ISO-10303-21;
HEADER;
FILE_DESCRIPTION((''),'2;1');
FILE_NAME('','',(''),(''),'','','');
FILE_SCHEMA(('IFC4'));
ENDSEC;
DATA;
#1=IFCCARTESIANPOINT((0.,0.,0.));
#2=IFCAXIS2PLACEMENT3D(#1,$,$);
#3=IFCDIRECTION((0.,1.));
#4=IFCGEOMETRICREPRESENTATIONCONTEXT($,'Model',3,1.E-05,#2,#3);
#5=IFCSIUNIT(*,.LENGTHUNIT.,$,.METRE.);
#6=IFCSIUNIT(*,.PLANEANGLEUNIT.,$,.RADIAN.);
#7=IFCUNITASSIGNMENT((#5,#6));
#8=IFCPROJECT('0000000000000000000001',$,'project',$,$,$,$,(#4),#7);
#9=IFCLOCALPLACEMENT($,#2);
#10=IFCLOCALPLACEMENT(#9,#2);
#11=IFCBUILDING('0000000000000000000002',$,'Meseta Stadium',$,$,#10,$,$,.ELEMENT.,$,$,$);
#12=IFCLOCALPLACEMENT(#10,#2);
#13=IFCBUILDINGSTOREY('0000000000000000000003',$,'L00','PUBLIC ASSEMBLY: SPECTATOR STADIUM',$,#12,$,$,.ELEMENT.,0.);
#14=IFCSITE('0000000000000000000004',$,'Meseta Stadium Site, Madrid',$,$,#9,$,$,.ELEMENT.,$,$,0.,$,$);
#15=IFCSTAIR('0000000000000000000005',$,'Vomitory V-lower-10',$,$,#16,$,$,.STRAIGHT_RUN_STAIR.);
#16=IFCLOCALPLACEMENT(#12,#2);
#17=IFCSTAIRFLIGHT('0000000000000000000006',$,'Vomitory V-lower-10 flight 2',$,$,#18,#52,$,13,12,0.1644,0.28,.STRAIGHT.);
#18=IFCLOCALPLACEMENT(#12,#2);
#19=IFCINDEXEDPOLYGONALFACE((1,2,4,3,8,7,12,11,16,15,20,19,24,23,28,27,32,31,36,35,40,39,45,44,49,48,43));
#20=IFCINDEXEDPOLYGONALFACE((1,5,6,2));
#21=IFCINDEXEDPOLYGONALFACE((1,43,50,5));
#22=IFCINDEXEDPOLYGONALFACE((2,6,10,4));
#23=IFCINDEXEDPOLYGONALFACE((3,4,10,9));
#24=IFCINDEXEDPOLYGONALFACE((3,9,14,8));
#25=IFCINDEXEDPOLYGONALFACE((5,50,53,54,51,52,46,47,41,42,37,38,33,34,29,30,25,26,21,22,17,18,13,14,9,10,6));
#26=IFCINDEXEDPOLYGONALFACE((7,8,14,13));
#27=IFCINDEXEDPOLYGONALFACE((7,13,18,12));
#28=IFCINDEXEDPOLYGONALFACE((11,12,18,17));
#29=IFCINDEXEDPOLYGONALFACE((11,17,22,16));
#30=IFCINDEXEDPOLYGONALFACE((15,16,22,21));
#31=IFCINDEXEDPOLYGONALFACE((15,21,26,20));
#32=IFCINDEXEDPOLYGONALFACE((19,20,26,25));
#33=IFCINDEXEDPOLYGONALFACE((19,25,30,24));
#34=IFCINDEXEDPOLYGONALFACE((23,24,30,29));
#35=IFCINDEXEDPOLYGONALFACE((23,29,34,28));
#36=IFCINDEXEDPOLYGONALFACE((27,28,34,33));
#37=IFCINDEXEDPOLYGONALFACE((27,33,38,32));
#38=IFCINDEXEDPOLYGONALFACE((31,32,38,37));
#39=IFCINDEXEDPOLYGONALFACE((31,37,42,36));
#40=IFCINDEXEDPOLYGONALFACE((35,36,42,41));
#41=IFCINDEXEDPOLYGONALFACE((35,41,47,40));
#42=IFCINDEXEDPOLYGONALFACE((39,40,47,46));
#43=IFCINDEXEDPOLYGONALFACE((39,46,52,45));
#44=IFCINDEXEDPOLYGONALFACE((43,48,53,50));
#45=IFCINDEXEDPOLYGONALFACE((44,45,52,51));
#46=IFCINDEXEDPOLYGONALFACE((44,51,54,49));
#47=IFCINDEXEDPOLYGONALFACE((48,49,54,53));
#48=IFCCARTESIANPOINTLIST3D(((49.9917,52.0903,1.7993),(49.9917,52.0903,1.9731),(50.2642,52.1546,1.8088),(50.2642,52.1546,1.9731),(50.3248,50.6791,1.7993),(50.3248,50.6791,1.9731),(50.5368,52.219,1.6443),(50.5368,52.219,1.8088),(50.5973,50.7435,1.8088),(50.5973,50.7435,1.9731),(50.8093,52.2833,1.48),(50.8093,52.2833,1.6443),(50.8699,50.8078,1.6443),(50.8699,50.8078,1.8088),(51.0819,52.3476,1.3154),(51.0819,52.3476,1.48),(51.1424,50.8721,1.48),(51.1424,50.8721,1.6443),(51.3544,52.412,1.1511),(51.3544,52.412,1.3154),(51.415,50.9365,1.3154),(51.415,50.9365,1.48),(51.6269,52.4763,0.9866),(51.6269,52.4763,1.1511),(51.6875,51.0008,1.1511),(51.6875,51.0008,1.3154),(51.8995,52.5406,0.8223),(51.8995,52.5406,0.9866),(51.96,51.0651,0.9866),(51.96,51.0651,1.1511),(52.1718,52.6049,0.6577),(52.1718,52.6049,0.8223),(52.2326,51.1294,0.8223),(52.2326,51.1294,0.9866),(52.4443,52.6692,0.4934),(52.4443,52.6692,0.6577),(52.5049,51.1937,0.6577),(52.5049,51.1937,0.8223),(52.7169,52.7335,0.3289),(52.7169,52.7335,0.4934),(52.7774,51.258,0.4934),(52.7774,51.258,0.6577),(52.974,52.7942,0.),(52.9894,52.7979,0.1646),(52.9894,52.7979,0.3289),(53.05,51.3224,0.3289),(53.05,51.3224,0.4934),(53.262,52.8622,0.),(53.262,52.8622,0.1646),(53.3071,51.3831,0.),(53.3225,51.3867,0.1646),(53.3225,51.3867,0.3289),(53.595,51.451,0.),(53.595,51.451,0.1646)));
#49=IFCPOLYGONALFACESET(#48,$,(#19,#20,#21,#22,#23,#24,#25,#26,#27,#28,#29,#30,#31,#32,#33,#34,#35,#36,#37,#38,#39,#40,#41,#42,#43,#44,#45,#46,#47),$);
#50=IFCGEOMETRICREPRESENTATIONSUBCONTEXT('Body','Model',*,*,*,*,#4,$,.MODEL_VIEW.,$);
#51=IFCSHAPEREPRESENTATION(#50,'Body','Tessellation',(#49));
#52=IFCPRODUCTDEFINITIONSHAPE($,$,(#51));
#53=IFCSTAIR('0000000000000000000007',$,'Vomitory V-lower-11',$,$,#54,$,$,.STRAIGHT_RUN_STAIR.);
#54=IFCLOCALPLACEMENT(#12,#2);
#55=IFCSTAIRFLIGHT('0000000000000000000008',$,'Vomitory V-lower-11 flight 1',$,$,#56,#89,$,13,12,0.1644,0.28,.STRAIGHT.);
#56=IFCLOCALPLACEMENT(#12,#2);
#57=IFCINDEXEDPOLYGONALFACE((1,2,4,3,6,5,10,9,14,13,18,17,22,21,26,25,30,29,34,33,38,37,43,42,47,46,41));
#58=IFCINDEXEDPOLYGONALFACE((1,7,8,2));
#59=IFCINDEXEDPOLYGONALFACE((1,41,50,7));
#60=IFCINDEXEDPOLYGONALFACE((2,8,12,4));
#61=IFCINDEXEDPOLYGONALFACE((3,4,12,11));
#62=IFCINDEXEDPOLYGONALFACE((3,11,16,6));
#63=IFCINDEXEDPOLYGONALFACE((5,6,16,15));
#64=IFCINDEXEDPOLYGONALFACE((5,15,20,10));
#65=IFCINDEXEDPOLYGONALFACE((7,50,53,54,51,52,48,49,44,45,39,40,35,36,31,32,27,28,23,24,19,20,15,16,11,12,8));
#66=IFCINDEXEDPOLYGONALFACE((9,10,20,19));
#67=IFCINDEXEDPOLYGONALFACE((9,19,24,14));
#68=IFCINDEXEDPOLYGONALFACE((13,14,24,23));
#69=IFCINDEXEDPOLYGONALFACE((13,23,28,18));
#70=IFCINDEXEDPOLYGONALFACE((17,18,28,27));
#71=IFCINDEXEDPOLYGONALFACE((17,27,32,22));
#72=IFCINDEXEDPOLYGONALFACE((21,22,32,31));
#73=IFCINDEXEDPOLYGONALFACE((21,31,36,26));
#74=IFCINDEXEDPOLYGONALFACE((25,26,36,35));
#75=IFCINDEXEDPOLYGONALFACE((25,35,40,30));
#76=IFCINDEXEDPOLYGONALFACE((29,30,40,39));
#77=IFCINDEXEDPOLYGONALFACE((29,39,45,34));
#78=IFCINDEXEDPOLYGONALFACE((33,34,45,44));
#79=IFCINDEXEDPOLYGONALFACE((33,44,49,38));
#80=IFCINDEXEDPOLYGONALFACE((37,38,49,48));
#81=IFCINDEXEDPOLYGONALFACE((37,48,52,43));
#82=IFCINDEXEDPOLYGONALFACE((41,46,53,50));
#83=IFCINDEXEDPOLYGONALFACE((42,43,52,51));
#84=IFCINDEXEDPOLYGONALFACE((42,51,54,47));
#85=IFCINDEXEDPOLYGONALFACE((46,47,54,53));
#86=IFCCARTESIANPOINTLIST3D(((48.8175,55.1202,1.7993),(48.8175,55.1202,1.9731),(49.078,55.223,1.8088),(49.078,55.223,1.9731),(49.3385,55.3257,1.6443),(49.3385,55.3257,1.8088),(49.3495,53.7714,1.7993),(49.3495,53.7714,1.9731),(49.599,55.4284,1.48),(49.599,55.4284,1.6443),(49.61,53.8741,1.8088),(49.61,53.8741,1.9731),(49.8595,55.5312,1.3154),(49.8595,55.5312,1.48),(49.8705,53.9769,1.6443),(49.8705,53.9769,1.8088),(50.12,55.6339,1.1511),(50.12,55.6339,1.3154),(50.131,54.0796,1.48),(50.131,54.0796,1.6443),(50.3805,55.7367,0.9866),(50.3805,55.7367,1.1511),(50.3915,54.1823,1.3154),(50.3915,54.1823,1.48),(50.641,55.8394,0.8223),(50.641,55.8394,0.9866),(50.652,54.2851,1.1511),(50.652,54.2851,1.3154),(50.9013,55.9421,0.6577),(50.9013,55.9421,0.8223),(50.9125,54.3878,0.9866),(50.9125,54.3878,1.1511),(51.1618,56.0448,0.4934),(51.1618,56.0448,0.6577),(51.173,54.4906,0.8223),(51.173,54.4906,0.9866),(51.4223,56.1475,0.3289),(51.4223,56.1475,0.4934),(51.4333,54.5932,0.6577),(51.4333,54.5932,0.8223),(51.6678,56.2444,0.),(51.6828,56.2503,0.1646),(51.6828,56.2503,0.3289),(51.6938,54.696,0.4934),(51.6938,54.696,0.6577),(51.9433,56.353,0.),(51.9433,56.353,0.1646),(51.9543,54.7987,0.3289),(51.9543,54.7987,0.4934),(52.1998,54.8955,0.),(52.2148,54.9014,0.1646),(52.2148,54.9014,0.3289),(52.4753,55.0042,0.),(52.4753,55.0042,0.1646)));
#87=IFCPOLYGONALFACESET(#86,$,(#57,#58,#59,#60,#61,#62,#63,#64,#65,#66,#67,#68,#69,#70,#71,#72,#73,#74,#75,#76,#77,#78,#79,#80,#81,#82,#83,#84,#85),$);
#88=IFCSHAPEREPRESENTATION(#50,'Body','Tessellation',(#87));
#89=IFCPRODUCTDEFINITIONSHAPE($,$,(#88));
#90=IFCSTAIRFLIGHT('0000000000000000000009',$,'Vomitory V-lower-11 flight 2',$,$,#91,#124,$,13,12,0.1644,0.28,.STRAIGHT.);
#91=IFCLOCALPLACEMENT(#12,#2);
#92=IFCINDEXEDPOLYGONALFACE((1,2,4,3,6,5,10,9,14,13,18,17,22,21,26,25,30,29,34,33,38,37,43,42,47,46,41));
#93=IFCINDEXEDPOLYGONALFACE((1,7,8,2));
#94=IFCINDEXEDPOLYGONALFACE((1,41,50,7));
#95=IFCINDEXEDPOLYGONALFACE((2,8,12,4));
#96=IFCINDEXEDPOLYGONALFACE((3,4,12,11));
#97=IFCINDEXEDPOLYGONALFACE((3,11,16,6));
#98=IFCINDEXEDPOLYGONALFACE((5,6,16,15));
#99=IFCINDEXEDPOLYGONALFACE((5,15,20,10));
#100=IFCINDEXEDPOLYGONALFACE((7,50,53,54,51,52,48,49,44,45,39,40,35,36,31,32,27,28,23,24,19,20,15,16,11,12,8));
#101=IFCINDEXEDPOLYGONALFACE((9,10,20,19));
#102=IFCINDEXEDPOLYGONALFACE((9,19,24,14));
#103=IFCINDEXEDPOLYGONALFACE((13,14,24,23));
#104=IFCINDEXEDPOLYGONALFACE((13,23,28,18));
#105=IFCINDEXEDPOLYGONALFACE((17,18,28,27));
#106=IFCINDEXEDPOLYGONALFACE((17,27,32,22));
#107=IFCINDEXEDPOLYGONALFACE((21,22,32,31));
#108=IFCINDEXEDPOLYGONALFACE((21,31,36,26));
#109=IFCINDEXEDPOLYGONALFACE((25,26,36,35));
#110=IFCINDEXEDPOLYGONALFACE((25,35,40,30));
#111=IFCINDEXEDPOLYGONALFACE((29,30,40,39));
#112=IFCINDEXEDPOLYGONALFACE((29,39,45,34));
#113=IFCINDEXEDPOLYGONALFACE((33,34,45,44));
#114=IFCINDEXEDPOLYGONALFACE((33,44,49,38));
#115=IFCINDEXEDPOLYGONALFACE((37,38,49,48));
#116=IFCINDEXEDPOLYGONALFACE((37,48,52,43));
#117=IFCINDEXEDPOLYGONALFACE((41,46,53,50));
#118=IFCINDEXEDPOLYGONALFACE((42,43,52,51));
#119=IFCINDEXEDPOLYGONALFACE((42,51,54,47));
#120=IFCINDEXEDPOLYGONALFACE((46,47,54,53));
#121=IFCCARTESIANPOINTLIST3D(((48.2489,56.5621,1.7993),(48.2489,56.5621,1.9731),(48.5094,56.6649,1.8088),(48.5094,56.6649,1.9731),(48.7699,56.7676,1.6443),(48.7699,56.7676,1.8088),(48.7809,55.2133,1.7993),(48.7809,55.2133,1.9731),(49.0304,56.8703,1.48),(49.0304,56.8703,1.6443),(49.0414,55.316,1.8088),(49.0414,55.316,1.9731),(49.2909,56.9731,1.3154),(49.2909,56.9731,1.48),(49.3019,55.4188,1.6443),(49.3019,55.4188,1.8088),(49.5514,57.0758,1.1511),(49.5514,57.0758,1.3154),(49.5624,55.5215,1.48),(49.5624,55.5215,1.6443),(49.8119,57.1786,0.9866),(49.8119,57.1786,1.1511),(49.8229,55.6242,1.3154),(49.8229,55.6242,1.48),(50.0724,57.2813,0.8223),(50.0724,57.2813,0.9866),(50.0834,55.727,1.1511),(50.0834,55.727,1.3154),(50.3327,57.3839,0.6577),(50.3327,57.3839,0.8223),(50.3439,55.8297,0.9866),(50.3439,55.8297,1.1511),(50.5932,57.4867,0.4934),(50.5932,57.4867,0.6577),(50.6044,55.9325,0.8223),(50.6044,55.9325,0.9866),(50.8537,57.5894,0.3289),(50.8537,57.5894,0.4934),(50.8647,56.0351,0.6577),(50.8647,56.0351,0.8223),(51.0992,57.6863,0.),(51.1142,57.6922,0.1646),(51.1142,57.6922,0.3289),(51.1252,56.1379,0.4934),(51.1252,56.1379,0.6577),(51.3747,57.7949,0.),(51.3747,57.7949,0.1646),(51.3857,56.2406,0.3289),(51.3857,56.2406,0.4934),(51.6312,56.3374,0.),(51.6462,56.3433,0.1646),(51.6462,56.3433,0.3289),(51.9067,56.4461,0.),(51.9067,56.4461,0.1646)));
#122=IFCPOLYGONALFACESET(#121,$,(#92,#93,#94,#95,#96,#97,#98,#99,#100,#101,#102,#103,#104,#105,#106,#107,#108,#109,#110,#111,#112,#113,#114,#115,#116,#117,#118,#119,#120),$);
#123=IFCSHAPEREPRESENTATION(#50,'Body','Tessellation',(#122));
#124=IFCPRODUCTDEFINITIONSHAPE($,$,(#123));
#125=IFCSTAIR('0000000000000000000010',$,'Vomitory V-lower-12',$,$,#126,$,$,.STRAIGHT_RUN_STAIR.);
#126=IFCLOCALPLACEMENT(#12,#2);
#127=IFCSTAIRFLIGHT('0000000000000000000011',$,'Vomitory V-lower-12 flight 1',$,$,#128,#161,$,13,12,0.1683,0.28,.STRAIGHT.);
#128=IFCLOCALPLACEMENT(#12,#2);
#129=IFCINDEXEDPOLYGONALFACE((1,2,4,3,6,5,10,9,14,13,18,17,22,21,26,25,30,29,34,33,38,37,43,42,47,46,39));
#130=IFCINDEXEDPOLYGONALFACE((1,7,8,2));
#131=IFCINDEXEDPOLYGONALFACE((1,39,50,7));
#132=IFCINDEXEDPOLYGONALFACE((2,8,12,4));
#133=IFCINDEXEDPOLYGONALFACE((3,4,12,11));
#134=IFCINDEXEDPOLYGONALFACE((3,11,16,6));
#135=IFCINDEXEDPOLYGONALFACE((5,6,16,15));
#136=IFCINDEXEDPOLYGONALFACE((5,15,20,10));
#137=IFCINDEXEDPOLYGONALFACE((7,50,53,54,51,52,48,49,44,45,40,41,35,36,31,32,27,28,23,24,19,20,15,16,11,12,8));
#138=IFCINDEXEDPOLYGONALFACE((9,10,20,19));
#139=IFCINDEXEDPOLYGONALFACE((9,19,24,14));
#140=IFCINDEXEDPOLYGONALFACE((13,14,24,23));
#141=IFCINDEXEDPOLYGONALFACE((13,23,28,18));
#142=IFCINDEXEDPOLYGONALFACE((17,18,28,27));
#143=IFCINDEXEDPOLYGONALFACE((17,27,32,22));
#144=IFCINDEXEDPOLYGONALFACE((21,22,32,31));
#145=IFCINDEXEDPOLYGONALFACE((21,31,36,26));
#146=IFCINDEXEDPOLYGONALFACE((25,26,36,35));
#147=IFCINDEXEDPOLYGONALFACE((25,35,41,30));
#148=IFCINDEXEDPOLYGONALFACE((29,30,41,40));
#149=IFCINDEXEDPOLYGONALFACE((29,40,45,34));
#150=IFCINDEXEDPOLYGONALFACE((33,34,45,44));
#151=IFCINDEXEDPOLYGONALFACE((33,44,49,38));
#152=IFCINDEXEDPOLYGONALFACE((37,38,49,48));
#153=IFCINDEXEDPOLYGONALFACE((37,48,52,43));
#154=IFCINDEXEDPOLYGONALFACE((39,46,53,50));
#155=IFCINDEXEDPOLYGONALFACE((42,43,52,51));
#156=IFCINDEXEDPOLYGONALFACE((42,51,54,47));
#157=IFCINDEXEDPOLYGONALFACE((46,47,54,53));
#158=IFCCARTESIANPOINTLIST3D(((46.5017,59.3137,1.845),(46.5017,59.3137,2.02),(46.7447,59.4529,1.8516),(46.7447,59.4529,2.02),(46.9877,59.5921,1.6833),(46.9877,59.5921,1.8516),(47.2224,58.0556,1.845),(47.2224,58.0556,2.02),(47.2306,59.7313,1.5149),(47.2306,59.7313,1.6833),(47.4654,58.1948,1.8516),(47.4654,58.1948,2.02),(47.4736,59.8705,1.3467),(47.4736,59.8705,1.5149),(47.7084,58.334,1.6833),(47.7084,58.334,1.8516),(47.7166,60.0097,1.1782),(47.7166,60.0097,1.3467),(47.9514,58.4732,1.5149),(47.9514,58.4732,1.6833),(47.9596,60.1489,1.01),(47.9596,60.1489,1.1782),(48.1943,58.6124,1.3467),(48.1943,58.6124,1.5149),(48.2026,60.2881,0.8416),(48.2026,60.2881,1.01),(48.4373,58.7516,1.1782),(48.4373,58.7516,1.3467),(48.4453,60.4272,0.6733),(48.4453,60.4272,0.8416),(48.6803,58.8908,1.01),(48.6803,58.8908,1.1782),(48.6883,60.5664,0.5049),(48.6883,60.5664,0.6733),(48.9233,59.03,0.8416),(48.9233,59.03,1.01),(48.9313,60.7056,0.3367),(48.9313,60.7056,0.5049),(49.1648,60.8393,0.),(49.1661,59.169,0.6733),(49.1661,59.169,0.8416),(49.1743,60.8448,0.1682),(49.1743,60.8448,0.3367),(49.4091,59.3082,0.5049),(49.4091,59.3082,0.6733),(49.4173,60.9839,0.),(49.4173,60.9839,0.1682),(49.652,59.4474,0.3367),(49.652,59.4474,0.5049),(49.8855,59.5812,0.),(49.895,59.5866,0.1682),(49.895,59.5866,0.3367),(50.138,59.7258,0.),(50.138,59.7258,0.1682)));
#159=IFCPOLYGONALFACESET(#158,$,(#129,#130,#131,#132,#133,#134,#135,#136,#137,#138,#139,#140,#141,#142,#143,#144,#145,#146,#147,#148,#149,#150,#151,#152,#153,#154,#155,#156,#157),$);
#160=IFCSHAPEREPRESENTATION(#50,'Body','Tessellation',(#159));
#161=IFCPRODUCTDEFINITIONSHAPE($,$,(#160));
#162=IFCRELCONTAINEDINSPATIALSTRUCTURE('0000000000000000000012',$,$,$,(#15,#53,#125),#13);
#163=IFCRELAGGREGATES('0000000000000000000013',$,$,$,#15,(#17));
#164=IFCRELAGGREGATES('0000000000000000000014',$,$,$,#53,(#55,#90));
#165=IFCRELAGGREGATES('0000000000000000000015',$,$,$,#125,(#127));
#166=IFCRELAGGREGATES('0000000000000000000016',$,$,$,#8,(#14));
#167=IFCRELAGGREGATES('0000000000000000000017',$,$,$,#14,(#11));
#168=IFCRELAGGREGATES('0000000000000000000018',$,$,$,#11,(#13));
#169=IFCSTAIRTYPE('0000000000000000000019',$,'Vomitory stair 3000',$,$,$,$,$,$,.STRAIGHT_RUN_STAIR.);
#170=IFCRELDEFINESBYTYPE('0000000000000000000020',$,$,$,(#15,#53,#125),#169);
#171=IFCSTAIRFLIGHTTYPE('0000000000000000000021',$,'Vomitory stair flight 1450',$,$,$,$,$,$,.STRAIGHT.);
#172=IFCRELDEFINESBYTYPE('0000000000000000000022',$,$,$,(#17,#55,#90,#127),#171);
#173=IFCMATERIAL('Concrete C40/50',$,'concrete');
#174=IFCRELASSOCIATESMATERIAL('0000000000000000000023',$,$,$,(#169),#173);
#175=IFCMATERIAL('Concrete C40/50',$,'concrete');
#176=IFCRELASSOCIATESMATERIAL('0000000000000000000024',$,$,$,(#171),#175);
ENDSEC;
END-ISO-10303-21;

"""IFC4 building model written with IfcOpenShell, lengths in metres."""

from ifc_helpers import new_model, si_unit, direction, frame, origin, place, context, subcontext, project, spatial, polyline, outline, extrude, material, type_object, element, aggregate, save


model = new_model("IFC4")

# Units and contexts
model_context = context("Model", 3, precision=1e-05, world=origin(), true_north=direction((0.0, 1.0)))
body_context = subcontext(model_context, "Body", "Model", "MODEL_VIEW")
ifc_project = project(units=[si_unit("LENGTHUNIT", "METRE"), si_unit("PLANEANGLEUNIT", "RADIAN")], contexts=[model_context])

# Site, building, storey
site_placement = place(None, origin())
site = spatial("IfcSite", under=ifc_project, at=site_placement, Name="Meseta Stadium Site, Madrid", CompositionType="ELEMENT", RefElevation=0.0)
building_placement = place(site_placement, origin())
building = spatial("IfcBuilding", under=site, at=building_placement, Name="Meseta Stadium", CompositionType="ELEMENT")
storey_placement = place(building_placement, origin())
storey = spatial("IfcBuildingStorey", under=building, at=storey_placement, Name="L00", Description="PUBLIC ASSEMBLY: SPECTATOR STADIUM", CompositionType="ELEMENT", Elevation=0.0)

# Stair, stair flight
ifc_material_1 = material(Name="Concrete C40/50", Category="concrete")
stair_type = type_object("IfcStairType", Name="Vomitory stair 3000", PredefinedType="STRAIGHT_RUN_STAIR", material=ifc_material_1)
stair_1_placement = place(storey_placement, origin())
stair_1 = element("IfcStair", 1, at=stair_1_placement, inside=storey, type_object=stair_type, Name="Vomitory V-lower-10", PredefinedType="STRAIGHT_RUN_STAIR")
ifc_material_2 = material(Name="Concrete C40/50", Category="concrete")
stair_flight_type = type_object("IfcStairFlightType", Name="Vomitory stair flight 1450", PredefinedType="STRAIGHT", material=ifc_material_2)
stair_flight_1_placement = place(storey_placement, frame((53.4285, 52.1567, 0.0), z_axis=(0.0, 0.0, 1.0), x_axis=(-0.973256, -0.229722, 0.0)))
stair_flight_1 = element("IfcStairFlight", 2, at=stair_flight_1_placement, type_object=stair_flight_type, Name="Vomitory V-lower-10 flight 2", NumberOfRisers=13, NumberOfTreads=12, PredefinedType="STRAIGHT", RiserHeight=0.1644, TreadLength=0.28, context=body_context, shape_type="SweptSolid", body=[
    extrude(outline(polyline([(0.0, 0.0), (0.0, 0.1646), (0.28, 0.1646), (0.28, 0.3289), (0.5601, 0.3289), (0.5601, 0.4934), (0.8401, 0.4934), (0.8401, 0.6577), (1.1201, 0.6577), (1.1201, 0.8223), (1.3999, 0.8223), (1.3999, 0.9866), (1.6799, 0.9866), (1.6799, 1.1511), (1.96, 1.1511), (1.96, 1.3154), (2.24, 1.3154), (2.24, 1.48), (2.52, 1.48), (2.52, 1.6443), (2.8, 1.6443), (2.8, 1.8088), (3.0801, 1.8088), (3.0801, 1.9731), (3.3601, 1.9731), (3.3601, 1.7993), (0.2959, 0.0), (0.0, 0.0)])), frame((0.0, 0.7251, 0.0), z_axis=(0.0, -1.0, 0.0), x_axis=(1.0, 0.0, 0.0)), (0.0, 0.0, 1.0), 1.45),
])
aggregate(stair_1, [stair_flight_1])

# Stairs, stair flights
stair_2_placement = place(storey_placement, origin())
stair_2 = element("IfcStair", 3, at=stair_2_placement, inside=storey, type_object=stair_type, Name="Vomitory V-lower-11", PredefinedType="STRAIGHT_RUN_STAIR")
stair_flight_2_placement = place(storey_placement, frame((52.2092, 55.6787, 0.0), z_axis=(0.0, 0.0, 1.0), x_axis=(-0.930263, -0.366893, 0.0)))
stair_flight_2 = element("IfcStairFlight", 4, at=stair_flight_2_placement, type_object=stair_flight_type, Name="Vomitory V-lower-11 flight 1", NumberOfRisers=13, NumberOfTreads=12, PredefinedType="STRAIGHT", RiserHeight=0.1644, TreadLength=0.28, context=body_context, shape_type="SweptSolid", body=[
    extrude(outline(polyline([(0.0, 0.0), (0.0, 0.1646), (0.28, 0.1646), (0.28, 0.3289), (0.5601, 0.3289), (0.5601, 0.4934), (0.8401, 0.4934), (0.8401, 0.6577), (1.1201, 0.6577), (1.1201, 0.8223), (1.3999, 0.8223), (1.3999, 0.9866), (1.6799, 0.9866), (1.6799, 1.1511), (1.96, 1.1511), (1.96, 1.3154), (2.24, 1.3154), (2.24, 1.48), (2.52, 1.48), (2.52, 1.6443), (2.8, 1.6443), (2.8, 1.8088), (3.0801, 1.8088), (3.0801, 1.9731), (3.3601, 1.9731), (3.3601, 1.7993), (0.2961, 0.0), (0.0, 0.0)])), frame((0.0, 0.7251, 0.0), z_axis=(0.0, -1.0, 0.0), x_axis=(1.0, 0.0, 0.0)), (0.0, 0.0, 1.0), 1.45),
])
stair_flight_3_placement = place(storey_placement, frame((51.6406, 57.1206, 0.0), z_axis=(0.0, 0.0, 1.0), x_axis=(-0.930263, -0.366893, 0.0)))
stair_flight_3 = element("IfcStairFlight", 5, at=stair_flight_3_placement, type_object=stair_flight_type, Name="Vomitory V-lower-11 flight 2", NumberOfRisers=13, NumberOfTreads=12, PredefinedType="STRAIGHT", RiserHeight=0.1644, TreadLength=0.28, context=body_context, shape_type="SweptSolid", body=[
    extrude(outline(polyline([(0.0, 0.0), (0.0, 0.1646), (0.28, 0.1646), (0.28, 0.3289), (0.5601, 0.3289), (0.5601, 0.4934), (0.8401, 0.4934), (0.8401, 0.6577), (1.1201, 0.6577), (1.1201, 0.8223), (1.3999, 0.8223), (1.3999, 0.9866), (1.6799, 0.9866), (1.6799, 1.1511), (1.96, 1.1511), (1.96, 1.3154), (2.24, 1.3154), (2.24, 1.48), (2.52, 1.48), (2.52, 1.6443), (2.8, 1.6443), (2.8, 1.8088), (3.0801, 1.8088), (3.0801, 1.9731), (3.3601, 1.9731), (3.3601, 1.7993), (0.2961, 0.0), (0.0, 0.0)])), frame((0.0, 0.7251, 0.0), z_axis=(0.0, -1.0, 0.0), x_axis=(1.0, 0.0, 0.0)), (0.0, 0.0, 1.0), 1.45),
])
aggregate(stair_2, [stair_flight_2, stair_flight_3])
stair_3_placement = place(storey_placement, origin())
stair_3 = element("IfcStair", 6, at=stair_3_placement, inside=storey, type_object=stair_type, Name="Vomitory V-lower-12", PredefinedType="STRAIGHT_RUN_STAIR")
stair_flight_4_placement = place(storey_placement, frame((49.7776, 60.355, 0.0), z_axis=(0.0, 0.0, 1.0), x_axis=(-0.867712, -0.497068, 0.0)))
stair_flight_4 = element("IfcStairFlight", 7, at=stair_flight_4_placement, type_object=stair_flight_type, Name="Vomitory V-lower-12 flight 1", NumberOfRisers=13, NumberOfTreads=12, PredefinedType="STRAIGHT", RiserHeight=0.1683, TreadLength=0.28, context=body_context, shape_type="SweptSolid", body=[
    extrude(outline(polyline([(0.0, 0.0), (0.0, 0.1682), (0.28, 0.1682), (0.28, 0.3367), (0.5601, 0.3367), (0.5601, 0.5049), (0.8401, 0.5049), (0.8401, 0.6733), (1.1201, 0.6733), (1.1201, 0.8416), (1.3999, 0.8416), (1.3999, 1.01), (1.6799, 1.01), (1.6799, 1.1782), (1.96, 1.1782), (1.96, 1.3467), (2.24, 1.3467), (2.24, 1.5149), (2.52, 1.5149), (2.52, 1.6833), (2.8, 1.6833), (2.8, 1.8516), (3.0801, 1.8516), (3.0801, 2.02), (3.3601, 2.02), (3.3601, 1.845), (0.291, 0.0), (0.0, 0.0)])), frame((0.0, 0.7251, 0.0), z_axis=(0.0, -1.0, 0.0), x_axis=(1.0, 0.0, 0.0)), (0.0, 0.0, 1.0), 1.45),
])
aggregate(stair_3, [stair_flight_4])

save(model, "model.ifc")
